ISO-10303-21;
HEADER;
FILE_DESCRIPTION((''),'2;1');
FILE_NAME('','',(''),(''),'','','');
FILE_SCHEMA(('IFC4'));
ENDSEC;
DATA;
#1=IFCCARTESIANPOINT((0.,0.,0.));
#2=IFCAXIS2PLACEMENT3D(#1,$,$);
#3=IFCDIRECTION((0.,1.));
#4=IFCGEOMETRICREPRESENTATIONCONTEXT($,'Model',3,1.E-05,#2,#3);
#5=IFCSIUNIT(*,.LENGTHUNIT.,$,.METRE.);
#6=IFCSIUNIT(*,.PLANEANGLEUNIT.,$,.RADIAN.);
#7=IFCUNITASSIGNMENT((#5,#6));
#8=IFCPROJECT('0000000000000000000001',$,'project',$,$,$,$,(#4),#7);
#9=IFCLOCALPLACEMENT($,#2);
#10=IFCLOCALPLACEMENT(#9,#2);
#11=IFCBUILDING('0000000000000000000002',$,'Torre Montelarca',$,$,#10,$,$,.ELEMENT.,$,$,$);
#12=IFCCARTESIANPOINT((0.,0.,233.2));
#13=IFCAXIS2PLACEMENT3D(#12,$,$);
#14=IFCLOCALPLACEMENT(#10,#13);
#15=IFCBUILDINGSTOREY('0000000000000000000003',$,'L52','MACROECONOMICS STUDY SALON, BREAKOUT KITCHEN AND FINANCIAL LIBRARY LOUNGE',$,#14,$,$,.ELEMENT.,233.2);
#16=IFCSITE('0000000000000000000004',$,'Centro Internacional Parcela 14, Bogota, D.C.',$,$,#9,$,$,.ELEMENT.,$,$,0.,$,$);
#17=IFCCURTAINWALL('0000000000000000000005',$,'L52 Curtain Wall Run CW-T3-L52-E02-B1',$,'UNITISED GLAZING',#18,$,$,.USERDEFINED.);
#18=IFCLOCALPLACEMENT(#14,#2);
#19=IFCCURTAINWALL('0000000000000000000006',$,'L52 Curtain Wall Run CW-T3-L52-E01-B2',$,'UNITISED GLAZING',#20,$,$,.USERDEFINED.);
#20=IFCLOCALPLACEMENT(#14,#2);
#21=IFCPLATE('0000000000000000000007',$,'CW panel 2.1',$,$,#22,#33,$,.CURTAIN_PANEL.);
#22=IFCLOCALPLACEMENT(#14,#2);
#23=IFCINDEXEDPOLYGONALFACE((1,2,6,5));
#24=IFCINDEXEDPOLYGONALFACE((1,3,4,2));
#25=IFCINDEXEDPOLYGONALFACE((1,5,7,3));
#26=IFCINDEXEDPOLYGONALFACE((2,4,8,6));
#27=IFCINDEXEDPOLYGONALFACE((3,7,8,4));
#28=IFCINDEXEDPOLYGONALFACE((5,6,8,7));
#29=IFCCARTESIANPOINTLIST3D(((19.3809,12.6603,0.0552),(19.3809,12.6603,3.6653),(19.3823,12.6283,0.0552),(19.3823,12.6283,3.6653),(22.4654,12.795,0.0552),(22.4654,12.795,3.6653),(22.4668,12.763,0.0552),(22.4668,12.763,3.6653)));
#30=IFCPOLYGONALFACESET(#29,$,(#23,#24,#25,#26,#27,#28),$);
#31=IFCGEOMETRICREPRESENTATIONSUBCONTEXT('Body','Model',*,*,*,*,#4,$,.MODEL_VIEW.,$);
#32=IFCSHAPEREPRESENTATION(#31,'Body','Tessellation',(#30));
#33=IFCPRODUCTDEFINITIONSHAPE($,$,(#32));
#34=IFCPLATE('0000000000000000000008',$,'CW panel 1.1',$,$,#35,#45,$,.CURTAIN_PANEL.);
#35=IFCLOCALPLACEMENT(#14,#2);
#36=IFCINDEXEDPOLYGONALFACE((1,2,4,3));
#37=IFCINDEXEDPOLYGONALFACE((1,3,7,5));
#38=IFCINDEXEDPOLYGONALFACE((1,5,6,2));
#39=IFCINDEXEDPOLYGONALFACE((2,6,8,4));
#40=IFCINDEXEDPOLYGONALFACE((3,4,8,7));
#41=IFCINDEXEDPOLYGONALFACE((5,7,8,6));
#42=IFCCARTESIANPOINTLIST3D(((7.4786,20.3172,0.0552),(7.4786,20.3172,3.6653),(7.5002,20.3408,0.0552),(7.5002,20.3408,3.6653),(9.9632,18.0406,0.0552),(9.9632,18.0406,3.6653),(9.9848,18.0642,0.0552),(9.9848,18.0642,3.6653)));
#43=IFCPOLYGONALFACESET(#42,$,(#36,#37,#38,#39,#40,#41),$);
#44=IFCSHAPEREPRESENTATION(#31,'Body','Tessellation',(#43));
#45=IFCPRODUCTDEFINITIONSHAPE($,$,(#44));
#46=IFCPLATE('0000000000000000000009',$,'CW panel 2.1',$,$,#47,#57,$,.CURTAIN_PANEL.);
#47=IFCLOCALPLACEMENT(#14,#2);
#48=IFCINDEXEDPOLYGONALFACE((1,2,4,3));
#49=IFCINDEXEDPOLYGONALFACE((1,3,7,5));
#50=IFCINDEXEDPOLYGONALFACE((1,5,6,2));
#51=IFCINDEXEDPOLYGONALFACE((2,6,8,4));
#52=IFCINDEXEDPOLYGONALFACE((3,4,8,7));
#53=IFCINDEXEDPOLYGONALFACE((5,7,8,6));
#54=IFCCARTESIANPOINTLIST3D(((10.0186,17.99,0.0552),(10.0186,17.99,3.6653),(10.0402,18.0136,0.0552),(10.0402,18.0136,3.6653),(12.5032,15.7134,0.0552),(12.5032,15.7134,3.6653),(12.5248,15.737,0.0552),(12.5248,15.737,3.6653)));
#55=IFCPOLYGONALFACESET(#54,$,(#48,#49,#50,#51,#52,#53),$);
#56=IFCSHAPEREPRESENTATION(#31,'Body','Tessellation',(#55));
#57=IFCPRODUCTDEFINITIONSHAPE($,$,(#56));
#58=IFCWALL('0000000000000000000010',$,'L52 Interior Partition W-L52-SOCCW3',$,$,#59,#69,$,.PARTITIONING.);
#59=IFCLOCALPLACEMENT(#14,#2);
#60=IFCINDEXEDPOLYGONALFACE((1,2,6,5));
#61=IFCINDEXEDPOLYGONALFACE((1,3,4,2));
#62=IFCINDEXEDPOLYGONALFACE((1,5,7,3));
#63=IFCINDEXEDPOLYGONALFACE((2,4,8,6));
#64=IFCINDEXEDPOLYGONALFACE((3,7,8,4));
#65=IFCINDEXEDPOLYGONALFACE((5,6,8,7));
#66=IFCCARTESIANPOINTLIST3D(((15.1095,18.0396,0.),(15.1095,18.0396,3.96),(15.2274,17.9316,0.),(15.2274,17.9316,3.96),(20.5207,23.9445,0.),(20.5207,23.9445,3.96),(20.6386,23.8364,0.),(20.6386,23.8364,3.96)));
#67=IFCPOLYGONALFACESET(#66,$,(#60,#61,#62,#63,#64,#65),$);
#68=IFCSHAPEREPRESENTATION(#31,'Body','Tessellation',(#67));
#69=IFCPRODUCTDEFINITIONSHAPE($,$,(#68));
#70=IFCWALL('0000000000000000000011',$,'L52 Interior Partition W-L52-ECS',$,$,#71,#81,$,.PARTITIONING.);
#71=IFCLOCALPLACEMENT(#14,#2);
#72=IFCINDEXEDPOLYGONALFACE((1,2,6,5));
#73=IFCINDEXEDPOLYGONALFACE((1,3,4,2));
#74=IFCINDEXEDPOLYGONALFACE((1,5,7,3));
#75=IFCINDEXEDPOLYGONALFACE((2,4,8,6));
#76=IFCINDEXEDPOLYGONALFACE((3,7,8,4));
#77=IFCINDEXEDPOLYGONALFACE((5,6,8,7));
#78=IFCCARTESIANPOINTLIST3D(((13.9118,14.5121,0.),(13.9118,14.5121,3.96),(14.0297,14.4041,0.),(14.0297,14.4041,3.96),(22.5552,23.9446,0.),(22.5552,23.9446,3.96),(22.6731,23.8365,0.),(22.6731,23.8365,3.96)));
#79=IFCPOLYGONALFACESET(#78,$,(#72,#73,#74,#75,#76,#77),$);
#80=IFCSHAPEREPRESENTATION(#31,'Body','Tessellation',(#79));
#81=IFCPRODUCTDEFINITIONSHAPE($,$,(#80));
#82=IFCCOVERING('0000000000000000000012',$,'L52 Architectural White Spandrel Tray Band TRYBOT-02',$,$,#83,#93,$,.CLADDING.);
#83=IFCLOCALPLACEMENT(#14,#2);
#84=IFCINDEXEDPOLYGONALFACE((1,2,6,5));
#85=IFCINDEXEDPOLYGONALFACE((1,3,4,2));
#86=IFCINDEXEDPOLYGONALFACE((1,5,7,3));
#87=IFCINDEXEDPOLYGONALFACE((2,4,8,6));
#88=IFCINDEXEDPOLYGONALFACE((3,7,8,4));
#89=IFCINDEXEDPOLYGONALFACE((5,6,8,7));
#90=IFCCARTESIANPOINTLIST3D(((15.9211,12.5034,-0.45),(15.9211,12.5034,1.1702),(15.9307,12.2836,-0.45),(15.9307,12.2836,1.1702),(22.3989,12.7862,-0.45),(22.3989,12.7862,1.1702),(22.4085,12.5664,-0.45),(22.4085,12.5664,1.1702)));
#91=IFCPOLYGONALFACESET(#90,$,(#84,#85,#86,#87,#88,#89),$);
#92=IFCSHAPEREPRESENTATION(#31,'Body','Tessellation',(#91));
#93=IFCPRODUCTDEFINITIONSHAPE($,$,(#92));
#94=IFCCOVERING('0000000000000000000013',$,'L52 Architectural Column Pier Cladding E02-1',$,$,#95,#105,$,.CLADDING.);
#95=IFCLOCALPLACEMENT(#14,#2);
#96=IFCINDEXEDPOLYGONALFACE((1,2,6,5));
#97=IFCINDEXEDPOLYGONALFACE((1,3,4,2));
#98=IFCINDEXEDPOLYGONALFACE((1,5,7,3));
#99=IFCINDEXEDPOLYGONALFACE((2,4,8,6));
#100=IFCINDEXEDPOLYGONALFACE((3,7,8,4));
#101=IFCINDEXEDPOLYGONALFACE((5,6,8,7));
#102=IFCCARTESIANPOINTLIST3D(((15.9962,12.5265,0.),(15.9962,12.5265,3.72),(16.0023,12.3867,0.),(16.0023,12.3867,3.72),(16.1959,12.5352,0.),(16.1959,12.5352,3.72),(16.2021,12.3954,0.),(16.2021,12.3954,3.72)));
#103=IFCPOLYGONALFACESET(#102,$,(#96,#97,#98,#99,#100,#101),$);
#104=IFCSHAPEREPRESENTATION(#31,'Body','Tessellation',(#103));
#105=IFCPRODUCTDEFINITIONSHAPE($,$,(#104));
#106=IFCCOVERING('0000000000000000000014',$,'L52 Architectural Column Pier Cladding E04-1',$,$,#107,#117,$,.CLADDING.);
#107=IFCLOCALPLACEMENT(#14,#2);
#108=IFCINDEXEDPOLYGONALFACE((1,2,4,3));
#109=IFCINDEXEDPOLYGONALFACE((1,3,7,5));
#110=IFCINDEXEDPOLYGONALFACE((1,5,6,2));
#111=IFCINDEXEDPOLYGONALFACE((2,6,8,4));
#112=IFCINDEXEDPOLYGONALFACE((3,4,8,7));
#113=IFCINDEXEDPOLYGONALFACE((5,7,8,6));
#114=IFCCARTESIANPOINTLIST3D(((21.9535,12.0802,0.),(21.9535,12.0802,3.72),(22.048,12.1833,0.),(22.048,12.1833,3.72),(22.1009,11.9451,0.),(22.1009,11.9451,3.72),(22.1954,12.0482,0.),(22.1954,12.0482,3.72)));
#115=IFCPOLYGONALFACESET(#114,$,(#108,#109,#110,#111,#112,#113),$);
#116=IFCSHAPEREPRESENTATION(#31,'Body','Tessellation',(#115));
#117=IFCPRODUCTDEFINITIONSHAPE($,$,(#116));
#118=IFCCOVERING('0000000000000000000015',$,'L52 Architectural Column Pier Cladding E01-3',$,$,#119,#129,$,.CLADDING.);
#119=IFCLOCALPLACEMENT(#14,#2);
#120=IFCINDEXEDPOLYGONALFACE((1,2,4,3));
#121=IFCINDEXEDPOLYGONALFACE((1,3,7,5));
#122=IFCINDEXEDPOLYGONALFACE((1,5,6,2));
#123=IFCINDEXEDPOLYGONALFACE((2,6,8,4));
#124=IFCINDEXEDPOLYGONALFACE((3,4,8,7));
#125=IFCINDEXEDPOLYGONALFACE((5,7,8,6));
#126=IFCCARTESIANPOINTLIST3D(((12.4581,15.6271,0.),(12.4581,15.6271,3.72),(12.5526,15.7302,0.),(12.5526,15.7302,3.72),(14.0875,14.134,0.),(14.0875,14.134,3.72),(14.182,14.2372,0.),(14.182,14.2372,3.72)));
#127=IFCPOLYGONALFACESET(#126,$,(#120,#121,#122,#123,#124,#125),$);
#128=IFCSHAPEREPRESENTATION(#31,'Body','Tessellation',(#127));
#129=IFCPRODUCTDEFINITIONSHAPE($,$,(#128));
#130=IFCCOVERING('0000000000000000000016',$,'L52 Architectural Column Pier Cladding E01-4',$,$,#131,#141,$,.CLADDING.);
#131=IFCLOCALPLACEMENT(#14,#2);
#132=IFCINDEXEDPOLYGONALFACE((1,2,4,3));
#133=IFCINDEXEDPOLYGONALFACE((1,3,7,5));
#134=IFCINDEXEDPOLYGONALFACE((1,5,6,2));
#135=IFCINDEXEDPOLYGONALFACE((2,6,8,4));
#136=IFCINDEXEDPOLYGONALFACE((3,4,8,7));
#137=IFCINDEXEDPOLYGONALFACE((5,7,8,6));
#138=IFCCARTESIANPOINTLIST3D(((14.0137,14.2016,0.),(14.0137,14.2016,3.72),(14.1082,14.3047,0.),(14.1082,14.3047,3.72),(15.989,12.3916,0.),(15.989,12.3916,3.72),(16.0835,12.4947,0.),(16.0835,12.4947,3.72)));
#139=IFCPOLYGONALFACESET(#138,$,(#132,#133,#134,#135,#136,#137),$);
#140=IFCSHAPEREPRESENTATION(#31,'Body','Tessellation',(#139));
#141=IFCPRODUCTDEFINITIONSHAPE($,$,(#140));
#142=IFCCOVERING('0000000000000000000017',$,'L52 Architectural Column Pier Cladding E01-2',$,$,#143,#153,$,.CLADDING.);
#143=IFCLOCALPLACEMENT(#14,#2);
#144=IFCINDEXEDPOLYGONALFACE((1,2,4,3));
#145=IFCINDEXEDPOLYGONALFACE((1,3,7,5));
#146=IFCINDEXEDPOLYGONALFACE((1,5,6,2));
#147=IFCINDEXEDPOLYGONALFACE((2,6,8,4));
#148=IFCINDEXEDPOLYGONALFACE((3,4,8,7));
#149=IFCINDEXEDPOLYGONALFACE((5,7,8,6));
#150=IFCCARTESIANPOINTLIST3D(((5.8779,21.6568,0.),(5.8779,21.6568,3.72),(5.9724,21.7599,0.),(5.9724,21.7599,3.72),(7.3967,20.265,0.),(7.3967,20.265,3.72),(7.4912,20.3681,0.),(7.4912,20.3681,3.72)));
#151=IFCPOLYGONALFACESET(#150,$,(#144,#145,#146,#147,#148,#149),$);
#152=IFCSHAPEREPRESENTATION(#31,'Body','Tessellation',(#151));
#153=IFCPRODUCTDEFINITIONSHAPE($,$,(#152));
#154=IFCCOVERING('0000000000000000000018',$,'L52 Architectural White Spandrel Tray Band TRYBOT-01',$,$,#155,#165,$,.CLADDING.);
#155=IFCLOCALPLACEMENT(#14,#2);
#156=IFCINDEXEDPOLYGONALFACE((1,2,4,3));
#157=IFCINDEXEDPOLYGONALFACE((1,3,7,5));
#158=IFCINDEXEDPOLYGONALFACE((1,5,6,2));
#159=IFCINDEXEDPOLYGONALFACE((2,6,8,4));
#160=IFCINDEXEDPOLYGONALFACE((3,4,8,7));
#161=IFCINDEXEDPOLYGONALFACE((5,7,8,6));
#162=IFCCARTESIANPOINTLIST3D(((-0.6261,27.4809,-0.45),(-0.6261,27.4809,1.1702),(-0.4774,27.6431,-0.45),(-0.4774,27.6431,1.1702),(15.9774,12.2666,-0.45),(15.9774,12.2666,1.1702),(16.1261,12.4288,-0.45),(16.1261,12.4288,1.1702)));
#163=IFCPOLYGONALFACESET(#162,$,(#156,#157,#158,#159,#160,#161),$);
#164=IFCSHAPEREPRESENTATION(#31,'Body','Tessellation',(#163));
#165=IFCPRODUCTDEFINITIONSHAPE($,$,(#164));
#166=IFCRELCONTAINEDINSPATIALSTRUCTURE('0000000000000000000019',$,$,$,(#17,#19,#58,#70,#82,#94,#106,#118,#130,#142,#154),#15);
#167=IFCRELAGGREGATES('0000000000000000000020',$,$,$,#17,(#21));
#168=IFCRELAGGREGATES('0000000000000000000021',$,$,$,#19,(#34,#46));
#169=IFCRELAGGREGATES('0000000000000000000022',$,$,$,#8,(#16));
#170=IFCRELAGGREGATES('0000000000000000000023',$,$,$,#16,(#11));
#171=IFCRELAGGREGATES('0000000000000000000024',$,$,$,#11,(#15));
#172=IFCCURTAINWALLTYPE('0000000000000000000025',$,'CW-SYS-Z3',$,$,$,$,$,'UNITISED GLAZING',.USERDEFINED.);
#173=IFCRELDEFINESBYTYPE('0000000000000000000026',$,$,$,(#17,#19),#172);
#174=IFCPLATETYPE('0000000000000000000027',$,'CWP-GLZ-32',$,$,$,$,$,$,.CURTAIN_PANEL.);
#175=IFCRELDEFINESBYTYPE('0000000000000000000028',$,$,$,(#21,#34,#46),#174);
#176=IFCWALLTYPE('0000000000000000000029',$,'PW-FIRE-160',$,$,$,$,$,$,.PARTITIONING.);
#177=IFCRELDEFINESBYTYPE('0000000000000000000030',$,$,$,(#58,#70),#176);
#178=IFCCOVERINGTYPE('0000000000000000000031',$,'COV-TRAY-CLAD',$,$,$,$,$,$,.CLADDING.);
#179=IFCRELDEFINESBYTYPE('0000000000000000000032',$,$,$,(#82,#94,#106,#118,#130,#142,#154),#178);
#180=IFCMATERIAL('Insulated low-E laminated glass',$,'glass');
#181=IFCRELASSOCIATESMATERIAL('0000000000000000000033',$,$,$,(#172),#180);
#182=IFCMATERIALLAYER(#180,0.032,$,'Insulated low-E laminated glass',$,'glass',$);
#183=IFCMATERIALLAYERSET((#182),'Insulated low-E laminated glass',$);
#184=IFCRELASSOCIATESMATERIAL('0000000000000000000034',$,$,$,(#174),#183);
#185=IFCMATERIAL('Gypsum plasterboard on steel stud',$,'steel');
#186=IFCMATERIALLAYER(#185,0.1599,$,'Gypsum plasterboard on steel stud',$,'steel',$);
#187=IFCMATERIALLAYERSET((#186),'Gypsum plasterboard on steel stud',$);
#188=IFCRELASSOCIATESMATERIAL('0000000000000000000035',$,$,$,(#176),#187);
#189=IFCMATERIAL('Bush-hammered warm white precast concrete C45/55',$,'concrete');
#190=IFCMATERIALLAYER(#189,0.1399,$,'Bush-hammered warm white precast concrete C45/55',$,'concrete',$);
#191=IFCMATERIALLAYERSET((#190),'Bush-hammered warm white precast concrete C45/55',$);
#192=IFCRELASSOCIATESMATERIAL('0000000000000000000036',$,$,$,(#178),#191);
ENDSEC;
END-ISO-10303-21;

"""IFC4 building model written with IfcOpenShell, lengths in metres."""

from ifc_helpers import new_model, si_unit, direction, frame, frame_2d, origin, origin_2d, place, context, subcontext, project, spatial, rectangle, extrude, source, transform, mapped, material, layer, layer_set, type_object, element, aggregate, save


model = new_model("IFC4")

# Units and contexts
model_context = context("Model", 3, precision=1e-05, world=origin(), true_north=direction((0.0, 1.0)))
body_context = subcontext(model_context, "Body", "Model", "MODEL_VIEW")
ifc_project = project(units=[si_unit("LENGTHUNIT", "METRE"), si_unit("PLANEANGLEUNIT", "RADIAN")], contexts=[model_context])

# Site, building, storey
site_placement = place(None, origin())
site = spatial("IfcSite", under=ifc_project, at=site_placement, Name="Centro Internacional Parcela 14, Bogota, D.C.", CompositionType="ELEMENT", RefElevation=0.0)
building_placement = place(site_placement, origin())
building = spatial("IfcBuilding", under=site, at=building_placement, Name="Torre Montelarca", CompositionType="ELEMENT")
storey_placement = place(building_placement, frame((0.0, 0.0, 233.2)))
storey = spatial("IfcBuildingStorey", under=building, at=storey_placement, Name="L52", Description="MACROECONOMICS STUDY SALON, BREAKOUT KITCHEN AND FINANCIAL LIBRARY LOUNGE", CompositionType="ELEMENT", Elevation=233.2)

# Curtain walls
ifc_material_1 = material(Name="Insulated low-E laminated glass", Category="glass")
curtain_wall_type = type_object("IfcCurtainWallType", Name="CW-SYS-Z3", ElementType="UNITISED GLAZING", PredefinedType="USERDEFINED", material=ifc_material_1)
curtain_wall_1_placement = place(storey_placement, origin())
curtain_wall_1 = element("IfcCurtainWall", 1, at=curtain_wall_1_placement, inside=storey, type_object=curtain_wall_type, Name="L52 Curtain Wall Run CW-T3-L52-E02-B1", ObjectType="UNITISED GLAZING", PredefinedType="USERDEFINED")
curtain_wall_2_placement = place(storey_placement, origin())
curtain_wall_2 = element("IfcCurtainWall", 2, at=curtain_wall_2_placement, inside=storey, type_object=curtain_wall_type, Name="L52 Curtain Wall Run CW-T3-L52-E01-B2", ObjectType="UNITISED GLAZING", PredefinedType="USERDEFINED")

# Plates
ifc_layer_1 = layer(ifc_material_1, 0.032, Name="Insulated low-E laminated glass", Category="glass")
ifc_layer_set_1 = layer_set([ifc_layer_1], Name="Insulated low-E laminated glass")
plate_type = type_object("IfcPlateType", Name="CWP-GLZ-32", PredefinedType="CURTAIN_PANEL", material=ifc_layer_set_1)
shared_shape_1 = source(origin(), body_context, "Body", "SweptSolid", [
    extrude(rectangle(XDim=3.0874, YDim=0.032, at=origin_2d()), origin(), (0.0, 0.0, 1.0), 3.6101),
])
plate_1_placement = place(storey_placement, frame((20.9238, 12.7117, 0.0552), z_axis=(0.0, 0.0, 1.0), x_axis=(0.999048, 0.043625, 0.0)))
plate_1 = element("IfcPlate", 3, at=plate_1_placement, type_object=plate_type, Name="CW panel 2.1", PredefinedType="CURTAIN_PANEL", context=body_context, shape_type="MappedRepresentation", body=[
    mapped(shared_shape_1, transform((0.0, 0.0, 0.0), scale=1.0)),
])
aggregate(curtain_wall_1, [plate_1])
shared_shape_2 = source(origin(), body_context, "Body", "SweptSolid", [
    extrude(rectangle(XDim=3.3699, YDim=0.032, at=origin_2d()), origin(), (0.0, 0.0, 1.0), 3.6101),
])
plate_2_placement = place(storey_placement, frame((8.7317, 19.1907, 0.0552), z_axis=(0.0, 0.0, 1.0), x_axis=(0.737288, -0.675579, 0.0)))
plate_2 = element("IfcPlate", 4, at=plate_2_placement, type_object=plate_type, Name="CW panel 1.1", PredefinedType="CURTAIN_PANEL", context=body_context, shape_type="MappedRepresentation", body=[
    mapped(shared_shape_2, transform((0.0, 0.0, 0.0), scale=1.0)),
])
plate_3_placement = place(storey_placement, frame((11.2717, 16.8635, 0.0552), z_axis=(0.0, 0.0, 1.0), x_axis=(0.737288, -0.675579, 0.0)))
plate_3 = element("IfcPlate", 5, at=plate_3_placement, type_object=plate_type, Name="CW panel 2.1", PredefinedType="CURTAIN_PANEL", context=body_context, shape_type="MappedRepresentation", body=[
    mapped(shared_shape_2, transform((0.0, 0.0, 0.0), scale=1.0)),
])
aggregate(curtain_wall_2, [plate_2, plate_3])

# Walls
ifc_material_2 = material(Name="Gypsum plasterboard on steel stud", Category="steel")
ifc_layer_2 = layer(ifc_material_2, 0.1599, Name="Gypsum plasterboard on steel stud", Category="steel")
ifc_layer_set_2 = layer_set([ifc_layer_2], Name="Gypsum plasterboard on steel stud")
wall_type = type_object("IfcWallType", Name="PW-FIRE-160", PredefinedType="PARTITIONING", material=ifc_layer_set_2)
wall_1_placement = place(storey_placement, frame((15.1685, 17.9856, 0.0), z_axis=(0.0, 0.0, 1.0), x_axis=(0.675617, 0.737253, 0.0)))
element("IfcWall", 6, at=wall_1_placement, inside=storey, type_object=wall_type, Name="L52 Interior Partition W-L52-SOCCW3", PredefinedType="PARTITIONING", context=body_context, shape_type="SweptSolid", body=[
    extrude(rectangle(XDim=8.0093, YDim=0.1599, at=frame_2d((4.0046, 0.0))), origin(), (0.0, 0.0, 1.0), 3.96),
])
wall_2_placement = place(storey_placement, frame((13.9707, 14.458, 0.0), z_axis=(0.0, 0.0, 1.0), x_axis=(0.675596, 0.737272, 0.0)))
element("IfcWall", 7, at=wall_2_placement, inside=storey, type_object=wall_type, Name="L52 Interior Partition W-L52-ECS", PredefinedType="PARTITIONING", context=body_context, shape_type="SweptSolid", body=[
    extrude(rectangle(XDim=12.7937, YDim=0.1599, at=frame_2d((6.397, 0.0))), origin(), (0.0, 0.0, 1.0), 3.96),
])

# Coverings
ifc_material_3 = material(Name="Bush-hammered warm white precast concrete C45/55", Category="concrete")
ifc_layer_3 = layer(ifc_material_3, 0.1399, Name="Bush-hammered warm white precast concrete C45/55", Category="concrete")
ifc_layer_set_3 = layer_set([ifc_layer_3], Name="Bush-hammered warm white precast concrete C45/55")
covering_type = type_object("IfcCoveringType", Name="COV-TRAY-CLAD", PredefinedType="CLADDING", material=ifc_layer_set_3)
shared_shape_3 = source(origin(), body_context, "Body", "SweptSolid", [
    extrude(rectangle(XDim=6.4839, YDim=0.22, at=origin_2d()), origin(), (0.0, 0.0, 1.0), 1.6201),
])
covering_1_placement = place(storey_placement, frame((19.1648, 12.5349, -0.45), z_axis=(0.0, 0.0, 1.0), x_axis=(0.999048, 0.043621, 0.0)))
element("IfcCovering", 8, at=covering_1_placement, inside=storey, type_object=covering_type, Name="L52 Architectural White Spandrel Tray Band TRYBOT-02", PredefinedType="CLADDING", context=body_context, shape_type="MappedRepresentation", body=[
    mapped(shared_shape_3, transform((0.0, 0.0, 0.0), scale=1.0)),
])
shared_shape_4 = source(origin(), body_context, "Body", "SweptSolid", [
    extrude(rectangle(XDim=0.2, YDim=0.1399, at=origin_2d()), origin(), (0.0, 0.0, 1.0), 3.72),
])
for number, where, z_axis, x_axis, name in (
    (9, (16.0991, 12.4609, 0.0), (0.0, 0.0, 1.0), (0.999047, 0.043637, 0.0), "L52 Architectural Column Pier Cladding E02-1"),
    (10, (22.0745, 12.0642, 0.0), (0.0, 0.0, 1.0), (0.737282, -0.675585, 0.0), "L52 Architectural Column Pier Cladding E04-1"),
):
    element("IfcCovering", number, at=place(storey_placement, frame(where, z_axis=z_axis, x_axis=x_axis)), inside=storey, type_object=covering_type, Name=name, PredefinedType="CLADDING", context=body_context, shape_type="MappedRepresentation", body=[
        mapped(shared_shape_4, transform((0.0, 0.0, 0.0), scale=1.0)),
    ])
shared_shape_5 = source(origin(), body_context, "Body", "SweptSolid", [
    extrude(rectangle(XDim=2.21, YDim=0.1399, at=origin_2d()), origin(), (0.0, 0.0, 1.0), 3.72),
])
covering_2_placement = place(storey_placement, frame((13.3201, 14.9321, 0.0), z_axis=(0.0, 0.0, 1.0), x_axis=(0.737277, -0.67559, 0.0)))
element("IfcCovering", 11, at=covering_2_placement, inside=storey, type_object=covering_type, Name="L52 Architectural Column Pier Cladding E01-3", PredefinedType="CLADDING", context=body_context, shape_type="MappedRepresentation", body=[
    mapped(shared_shape_5, transform((0.0, 0.0, 0.0), scale=1.0)),
])
shared_shape_6 = source(origin(), body_context, "Body", "SweptSolid", [
    extrude(rectangle(XDim=2.6792, YDim=0.1399, at=origin_2d()), origin(), (0.0, 0.0, 1.0), 3.72),
])
covering_3_placement = place(storey_placement, frame((15.0486, 13.3481, 0.0), z_axis=(0.0, 0.0, 1.0), x_axis=(0.737277, -0.67559, 0.0)))
element("IfcCovering", 12, at=covering_3_placement, inside=storey, type_object=covering_type, Name="L52 Architectural Column Pier Cladding E01-4", PredefinedType="CLADDING", context=body_context, shape_type="MappedRepresentation", body=[
    mapped(shared_shape_6, transform((0.0, 0.0, 0.0), scale=1.0)),
])
shared_shape_7 = source(origin(), body_context, "Body", "SweptSolid", [
    extrude(rectangle(XDim=2.0601, YDim=0.1399, at=origin_2d()), origin(), (0.0, 0.0, 1.0), 3.72),
])
covering_4_placement = place(storey_placement, frame((6.6846, 21.0125, 0.0), z_axis=(0.0, 0.0, 1.0), x_axis=(0.737277, -0.67559, 0.0)))
element("IfcCovering", 13, at=covering_4_placement, inside=storey, type_object=covering_type, Name="L52 Architectural Column Pier Cladding E01-2", PredefinedType="CLADDING", context=body_context, shape_type="MappedRepresentation", body=[
    mapped(shared_shape_7, transform((0.0, 0.0, 0.0), scale=1.0)),
])
shared_shape_8 = source(origin(), body_context, "Body", "SweptSolid", [
    extrude(rectangle(XDim=22.52, YDim=0.22, at=origin_2d()), origin(), (0.0, 0.0, 1.0), 1.6201),
])
covering_5_placement = place(storey_placement, frame((7.75, 19.9548, -0.45), z_axis=(0.0, 0.0, 1.0), x_axis=(0.737277, -0.67559, 0.0)))
element("IfcCovering", 14, at=covering_5_placement, inside=storey, type_object=covering_type, Name="L52 Architectural White Spandrel Tray Band TRYBOT-01", PredefinedType="CLADDING", context=body_context, shape_type="MappedRepresentation", body=[
    mapped(shared_shape_8, transform((0.0, 0.0, 0.0), scale=1.0)),
])

save(model, "model.ifc")
